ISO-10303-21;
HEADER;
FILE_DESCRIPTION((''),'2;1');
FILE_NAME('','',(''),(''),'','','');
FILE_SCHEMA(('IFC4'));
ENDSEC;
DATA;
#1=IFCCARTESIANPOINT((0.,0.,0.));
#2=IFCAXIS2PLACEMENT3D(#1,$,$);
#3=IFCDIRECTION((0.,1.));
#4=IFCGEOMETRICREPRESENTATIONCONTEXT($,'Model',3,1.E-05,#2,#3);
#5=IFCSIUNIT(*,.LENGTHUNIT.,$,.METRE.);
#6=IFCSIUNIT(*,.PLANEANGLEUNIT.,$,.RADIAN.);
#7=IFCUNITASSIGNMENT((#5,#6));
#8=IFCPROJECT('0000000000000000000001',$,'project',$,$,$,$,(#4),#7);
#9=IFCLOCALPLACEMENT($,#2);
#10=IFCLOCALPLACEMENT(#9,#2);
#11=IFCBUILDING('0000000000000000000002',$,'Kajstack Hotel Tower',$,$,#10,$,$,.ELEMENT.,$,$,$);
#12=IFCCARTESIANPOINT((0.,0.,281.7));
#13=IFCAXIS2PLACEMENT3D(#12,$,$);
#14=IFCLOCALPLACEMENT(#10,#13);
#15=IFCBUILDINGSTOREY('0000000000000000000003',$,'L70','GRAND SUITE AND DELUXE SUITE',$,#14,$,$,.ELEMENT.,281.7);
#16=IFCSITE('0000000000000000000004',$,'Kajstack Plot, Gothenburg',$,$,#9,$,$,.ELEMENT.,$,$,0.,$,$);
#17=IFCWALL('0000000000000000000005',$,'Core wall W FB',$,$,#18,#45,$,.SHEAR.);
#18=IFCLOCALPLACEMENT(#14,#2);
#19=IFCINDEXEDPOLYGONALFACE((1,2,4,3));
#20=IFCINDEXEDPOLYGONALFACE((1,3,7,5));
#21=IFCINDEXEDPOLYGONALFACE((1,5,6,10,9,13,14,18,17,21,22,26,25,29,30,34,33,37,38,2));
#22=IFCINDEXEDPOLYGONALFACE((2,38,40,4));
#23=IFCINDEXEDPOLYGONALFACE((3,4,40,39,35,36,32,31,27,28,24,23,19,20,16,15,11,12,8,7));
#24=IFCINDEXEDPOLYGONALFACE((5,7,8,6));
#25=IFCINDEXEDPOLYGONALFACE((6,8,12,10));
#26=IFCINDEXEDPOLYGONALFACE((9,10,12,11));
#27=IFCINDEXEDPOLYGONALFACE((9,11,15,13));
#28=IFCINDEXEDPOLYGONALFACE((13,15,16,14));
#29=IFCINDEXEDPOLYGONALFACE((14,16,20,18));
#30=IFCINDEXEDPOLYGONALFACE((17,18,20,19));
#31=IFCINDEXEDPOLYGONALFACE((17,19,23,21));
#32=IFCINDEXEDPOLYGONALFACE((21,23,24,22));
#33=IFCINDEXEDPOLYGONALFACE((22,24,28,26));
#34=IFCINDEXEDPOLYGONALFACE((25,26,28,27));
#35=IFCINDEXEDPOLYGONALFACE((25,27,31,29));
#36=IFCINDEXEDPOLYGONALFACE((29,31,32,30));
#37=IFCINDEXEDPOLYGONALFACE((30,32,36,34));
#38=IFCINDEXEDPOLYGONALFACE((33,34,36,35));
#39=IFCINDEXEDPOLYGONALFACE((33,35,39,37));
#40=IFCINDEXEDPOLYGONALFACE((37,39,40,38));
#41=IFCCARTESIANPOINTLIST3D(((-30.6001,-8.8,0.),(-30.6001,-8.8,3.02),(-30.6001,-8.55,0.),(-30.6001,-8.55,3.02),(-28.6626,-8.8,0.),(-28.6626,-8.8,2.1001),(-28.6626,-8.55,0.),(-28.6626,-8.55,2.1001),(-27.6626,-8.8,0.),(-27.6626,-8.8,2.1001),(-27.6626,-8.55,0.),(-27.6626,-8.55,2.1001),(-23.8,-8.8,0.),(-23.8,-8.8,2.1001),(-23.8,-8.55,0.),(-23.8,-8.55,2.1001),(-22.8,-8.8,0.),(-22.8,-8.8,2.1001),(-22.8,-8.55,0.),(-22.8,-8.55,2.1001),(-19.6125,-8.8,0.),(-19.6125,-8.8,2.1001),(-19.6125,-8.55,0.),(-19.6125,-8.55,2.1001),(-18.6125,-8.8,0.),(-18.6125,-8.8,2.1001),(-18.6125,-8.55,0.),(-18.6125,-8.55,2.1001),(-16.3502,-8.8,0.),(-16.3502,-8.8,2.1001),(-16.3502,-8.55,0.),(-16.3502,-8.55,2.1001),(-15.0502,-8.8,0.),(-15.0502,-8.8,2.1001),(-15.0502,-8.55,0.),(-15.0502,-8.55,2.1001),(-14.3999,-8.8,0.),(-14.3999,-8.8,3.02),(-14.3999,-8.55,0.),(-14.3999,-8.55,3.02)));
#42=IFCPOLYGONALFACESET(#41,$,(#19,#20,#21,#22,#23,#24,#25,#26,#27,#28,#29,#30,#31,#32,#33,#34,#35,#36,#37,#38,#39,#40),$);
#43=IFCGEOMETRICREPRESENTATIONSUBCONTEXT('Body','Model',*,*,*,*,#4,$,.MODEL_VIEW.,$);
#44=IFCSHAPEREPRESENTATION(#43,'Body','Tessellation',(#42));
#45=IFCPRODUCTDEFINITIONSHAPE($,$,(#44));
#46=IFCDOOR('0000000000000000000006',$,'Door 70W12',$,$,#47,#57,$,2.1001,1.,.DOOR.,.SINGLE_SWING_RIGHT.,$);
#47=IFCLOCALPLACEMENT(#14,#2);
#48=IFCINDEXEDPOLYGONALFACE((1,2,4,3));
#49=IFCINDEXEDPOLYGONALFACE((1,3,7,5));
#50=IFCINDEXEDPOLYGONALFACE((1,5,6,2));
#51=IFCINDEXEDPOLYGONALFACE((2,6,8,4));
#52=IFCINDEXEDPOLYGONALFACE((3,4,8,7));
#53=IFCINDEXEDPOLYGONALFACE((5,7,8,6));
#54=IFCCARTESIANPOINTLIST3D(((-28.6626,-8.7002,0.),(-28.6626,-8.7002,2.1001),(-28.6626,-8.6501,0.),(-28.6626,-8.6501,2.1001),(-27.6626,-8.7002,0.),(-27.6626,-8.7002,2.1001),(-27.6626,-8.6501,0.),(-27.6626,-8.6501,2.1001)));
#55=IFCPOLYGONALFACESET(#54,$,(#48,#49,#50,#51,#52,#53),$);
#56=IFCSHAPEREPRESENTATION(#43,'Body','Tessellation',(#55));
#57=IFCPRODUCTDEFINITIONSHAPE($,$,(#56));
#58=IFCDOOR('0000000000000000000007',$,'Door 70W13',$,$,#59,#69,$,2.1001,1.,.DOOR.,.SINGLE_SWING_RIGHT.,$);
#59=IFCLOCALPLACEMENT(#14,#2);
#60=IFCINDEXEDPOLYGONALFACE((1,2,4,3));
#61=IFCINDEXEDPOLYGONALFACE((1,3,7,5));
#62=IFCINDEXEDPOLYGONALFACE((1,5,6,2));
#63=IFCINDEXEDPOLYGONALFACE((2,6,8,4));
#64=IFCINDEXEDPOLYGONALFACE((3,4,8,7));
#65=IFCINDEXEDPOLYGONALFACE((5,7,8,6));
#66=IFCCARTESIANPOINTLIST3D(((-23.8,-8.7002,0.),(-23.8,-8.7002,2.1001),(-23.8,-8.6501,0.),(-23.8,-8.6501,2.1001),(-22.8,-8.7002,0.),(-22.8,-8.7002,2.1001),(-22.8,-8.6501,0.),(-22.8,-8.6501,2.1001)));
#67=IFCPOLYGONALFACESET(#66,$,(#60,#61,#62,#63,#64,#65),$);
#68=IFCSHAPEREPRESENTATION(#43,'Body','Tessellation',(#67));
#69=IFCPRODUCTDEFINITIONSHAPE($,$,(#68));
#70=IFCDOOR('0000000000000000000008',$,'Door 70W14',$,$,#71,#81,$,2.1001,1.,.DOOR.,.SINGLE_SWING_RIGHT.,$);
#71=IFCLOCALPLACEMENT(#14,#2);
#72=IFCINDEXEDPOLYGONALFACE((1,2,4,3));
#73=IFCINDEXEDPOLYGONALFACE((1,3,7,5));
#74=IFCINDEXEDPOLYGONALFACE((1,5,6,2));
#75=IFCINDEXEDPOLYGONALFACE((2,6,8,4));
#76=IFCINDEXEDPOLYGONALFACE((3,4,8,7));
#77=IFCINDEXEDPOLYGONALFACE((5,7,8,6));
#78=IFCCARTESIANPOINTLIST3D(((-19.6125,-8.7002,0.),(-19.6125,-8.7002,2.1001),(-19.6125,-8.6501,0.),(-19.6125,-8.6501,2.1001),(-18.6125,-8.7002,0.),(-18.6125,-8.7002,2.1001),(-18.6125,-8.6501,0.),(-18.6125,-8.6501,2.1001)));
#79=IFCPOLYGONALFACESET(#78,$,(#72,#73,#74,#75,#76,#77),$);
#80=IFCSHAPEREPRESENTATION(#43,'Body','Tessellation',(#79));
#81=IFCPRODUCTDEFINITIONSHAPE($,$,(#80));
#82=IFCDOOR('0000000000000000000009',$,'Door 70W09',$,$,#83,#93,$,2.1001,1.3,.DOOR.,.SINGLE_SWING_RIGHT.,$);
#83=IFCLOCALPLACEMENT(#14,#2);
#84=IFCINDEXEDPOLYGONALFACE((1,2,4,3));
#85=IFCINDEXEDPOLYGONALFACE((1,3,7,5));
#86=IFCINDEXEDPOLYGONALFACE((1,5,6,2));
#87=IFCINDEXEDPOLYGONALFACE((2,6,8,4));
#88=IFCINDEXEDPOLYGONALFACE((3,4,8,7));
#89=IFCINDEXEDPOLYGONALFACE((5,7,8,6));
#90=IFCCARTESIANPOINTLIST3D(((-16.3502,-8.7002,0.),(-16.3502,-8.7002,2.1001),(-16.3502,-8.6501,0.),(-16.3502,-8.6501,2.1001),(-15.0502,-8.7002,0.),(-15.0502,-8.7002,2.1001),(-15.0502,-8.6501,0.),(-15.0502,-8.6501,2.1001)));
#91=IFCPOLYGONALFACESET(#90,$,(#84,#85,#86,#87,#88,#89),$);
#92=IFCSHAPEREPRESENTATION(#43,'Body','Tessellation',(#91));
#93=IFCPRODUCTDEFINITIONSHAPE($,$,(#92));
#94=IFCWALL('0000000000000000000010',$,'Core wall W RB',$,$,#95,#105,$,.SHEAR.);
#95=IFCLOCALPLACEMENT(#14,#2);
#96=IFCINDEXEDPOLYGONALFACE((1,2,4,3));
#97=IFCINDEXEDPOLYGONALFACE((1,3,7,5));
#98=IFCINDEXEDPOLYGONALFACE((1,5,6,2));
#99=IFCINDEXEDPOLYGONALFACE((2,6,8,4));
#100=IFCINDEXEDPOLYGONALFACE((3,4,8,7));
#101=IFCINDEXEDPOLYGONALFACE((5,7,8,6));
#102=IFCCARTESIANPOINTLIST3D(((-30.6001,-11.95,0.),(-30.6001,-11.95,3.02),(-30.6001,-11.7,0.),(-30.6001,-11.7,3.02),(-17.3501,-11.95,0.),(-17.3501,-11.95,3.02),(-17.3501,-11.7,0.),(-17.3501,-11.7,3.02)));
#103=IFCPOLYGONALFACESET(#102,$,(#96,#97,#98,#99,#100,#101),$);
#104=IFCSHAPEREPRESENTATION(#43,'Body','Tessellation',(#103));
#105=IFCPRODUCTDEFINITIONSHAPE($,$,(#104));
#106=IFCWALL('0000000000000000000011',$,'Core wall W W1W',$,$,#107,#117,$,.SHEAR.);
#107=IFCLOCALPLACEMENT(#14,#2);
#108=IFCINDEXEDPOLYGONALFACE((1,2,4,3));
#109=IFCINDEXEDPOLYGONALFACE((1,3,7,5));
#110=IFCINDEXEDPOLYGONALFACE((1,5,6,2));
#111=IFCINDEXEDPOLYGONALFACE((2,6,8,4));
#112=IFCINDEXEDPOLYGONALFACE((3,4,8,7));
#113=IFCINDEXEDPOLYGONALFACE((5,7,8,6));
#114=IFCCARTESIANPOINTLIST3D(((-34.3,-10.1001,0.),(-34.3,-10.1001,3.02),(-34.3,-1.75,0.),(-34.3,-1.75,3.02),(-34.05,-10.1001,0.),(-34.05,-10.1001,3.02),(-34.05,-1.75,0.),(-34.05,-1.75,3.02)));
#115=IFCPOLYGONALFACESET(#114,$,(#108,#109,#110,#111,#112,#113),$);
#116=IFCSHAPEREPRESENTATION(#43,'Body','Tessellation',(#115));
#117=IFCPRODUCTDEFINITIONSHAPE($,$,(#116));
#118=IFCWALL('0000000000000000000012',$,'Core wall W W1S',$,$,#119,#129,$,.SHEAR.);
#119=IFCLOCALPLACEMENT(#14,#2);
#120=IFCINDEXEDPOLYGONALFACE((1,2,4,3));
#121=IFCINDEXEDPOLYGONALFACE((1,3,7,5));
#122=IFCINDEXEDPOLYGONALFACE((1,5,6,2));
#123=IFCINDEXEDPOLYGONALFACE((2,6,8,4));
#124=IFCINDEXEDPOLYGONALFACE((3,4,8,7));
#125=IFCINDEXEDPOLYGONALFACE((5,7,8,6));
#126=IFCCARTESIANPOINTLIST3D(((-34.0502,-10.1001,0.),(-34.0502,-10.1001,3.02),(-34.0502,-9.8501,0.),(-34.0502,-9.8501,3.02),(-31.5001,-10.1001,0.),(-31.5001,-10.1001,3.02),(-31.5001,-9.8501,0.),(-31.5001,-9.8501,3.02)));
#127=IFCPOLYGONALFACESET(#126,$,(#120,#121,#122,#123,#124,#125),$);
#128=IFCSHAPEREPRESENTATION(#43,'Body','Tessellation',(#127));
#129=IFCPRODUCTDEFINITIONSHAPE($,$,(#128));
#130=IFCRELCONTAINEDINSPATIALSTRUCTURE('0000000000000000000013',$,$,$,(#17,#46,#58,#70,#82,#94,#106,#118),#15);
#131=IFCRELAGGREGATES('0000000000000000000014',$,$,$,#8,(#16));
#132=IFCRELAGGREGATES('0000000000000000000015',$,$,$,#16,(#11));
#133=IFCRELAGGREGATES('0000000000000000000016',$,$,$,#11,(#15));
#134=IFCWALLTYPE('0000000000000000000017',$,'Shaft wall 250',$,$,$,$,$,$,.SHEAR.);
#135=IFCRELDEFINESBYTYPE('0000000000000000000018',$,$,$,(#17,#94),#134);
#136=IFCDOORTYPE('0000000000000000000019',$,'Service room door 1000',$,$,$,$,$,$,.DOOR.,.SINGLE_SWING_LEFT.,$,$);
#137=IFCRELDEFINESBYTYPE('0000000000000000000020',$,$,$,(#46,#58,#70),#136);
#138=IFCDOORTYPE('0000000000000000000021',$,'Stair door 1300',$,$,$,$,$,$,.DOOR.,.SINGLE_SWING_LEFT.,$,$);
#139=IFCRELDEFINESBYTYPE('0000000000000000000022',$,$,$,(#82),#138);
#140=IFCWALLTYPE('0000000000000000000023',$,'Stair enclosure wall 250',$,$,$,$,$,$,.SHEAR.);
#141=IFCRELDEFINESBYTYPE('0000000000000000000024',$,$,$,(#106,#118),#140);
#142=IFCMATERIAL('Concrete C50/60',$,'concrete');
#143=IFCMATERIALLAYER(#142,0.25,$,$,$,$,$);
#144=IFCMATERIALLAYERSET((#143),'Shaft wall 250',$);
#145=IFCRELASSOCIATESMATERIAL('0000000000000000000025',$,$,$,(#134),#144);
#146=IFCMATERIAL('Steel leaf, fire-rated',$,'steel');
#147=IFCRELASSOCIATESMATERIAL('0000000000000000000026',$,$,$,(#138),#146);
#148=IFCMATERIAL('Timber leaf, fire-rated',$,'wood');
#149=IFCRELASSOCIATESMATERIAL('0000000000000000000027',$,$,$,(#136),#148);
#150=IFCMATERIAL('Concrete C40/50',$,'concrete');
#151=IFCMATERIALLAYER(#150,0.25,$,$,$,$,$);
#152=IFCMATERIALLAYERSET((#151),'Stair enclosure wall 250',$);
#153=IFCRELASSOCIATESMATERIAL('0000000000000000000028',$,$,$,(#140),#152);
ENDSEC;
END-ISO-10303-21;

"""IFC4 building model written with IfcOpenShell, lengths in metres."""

from ifc_helpers import new_model, si_unit, direction, frame, frame_2d, origin, place, context, subcontext, project, spatial, rectangle, extrude, material, layer, layer_set, type_object, element, fill, save


model = new_model("IFC4")

# Units and contexts
model_context = context("Model", 3, precision=1e-05, world=origin(), true_north=direction((0.0, 1.0)))
body_context = subcontext(model_context, "Body", "Model", "MODEL_VIEW")
ifc_project = project(units=[si_unit("LENGTHUNIT", "METRE"), si_unit("PLANEANGLEUNIT", "RADIAN")], contexts=[model_context])

# Site, building, storey
site_placement = place(None, origin())
site = spatial("IfcSite", under=ifc_project, at=site_placement, Name="Kajstack Plot, Gothenburg", CompositionType="ELEMENT", RefElevation=0.0)
building_placement = place(site_placement, origin())
building = spatial("IfcBuilding", under=site, at=building_placement, Name="Kajstack Hotel Tower", CompositionType="ELEMENT")
storey_placement = place(building_placement, frame((0.0, 0.0, 281.7)))
storey = spatial("IfcBuildingStorey", under=building, at=storey_placement, Name="L70", Description="GRAND SUITE AND DELUXE SUITE", CompositionType="ELEMENT", Elevation=281.7)

# Shared definitions
ifc_material_1 = material(Name="Concrete C40/50", Category="concrete")

# Shared definitions
ifc_material_2 = material(Name="Timber leaf, fire-rated", Category="wood")

# Wall, openings, doors
ifc_material_3 = material(Name="Concrete C50/60", Category="concrete")
ifc_layer_1 = layer(ifc_material_3, 0.25)
ifc_layer_set_1 = layer_set([ifc_layer_1], Name="Shaft wall 250")
wall_type_1 = type_object("IfcWallType", Name="Shaft wall 250", PredefinedType="SHEAR", material=ifc_layer_set_1)
ifc_material_4 = material(Name="Steel leaf, fire-rated", Category="steel")
door_type_1 = type_object("IfcDoorType", Name="Stair door 1300", OperationType="SINGLE_SWING_LEFT", PredefinedType="DOOR", material=ifc_material_4)
wall_1_placement = place(storey_placement, frame((-30.6001, -8.675, 0.0), z_axis=(0.0, 0.0, 1.0), x_axis=(1.0, 0.0, 0.0)))
wall_1 = element("IfcWall", 1, at=wall_1_placement, inside=storey, type_object=wall_type_1, Name="Core wall W FB", PredefinedType="SHEAR", context=body_context, shape_type="SweptSolid", body=[
    extrude(rectangle(XDim=16.2002, YDim=0.25, at=frame_2d((8.1001, 0.0))), origin(), (0.0, 0.0, 1.0), 3.02),
])
opening_1_placement = place(wall_1_placement, frame((14.25, 0.0, 0.0)))
opening_1 = element("IfcOpeningElement", 2, at=opening_1_placement, cuts=wall_1, PredefinedType="OPENING", context=body_context, shape_type="SweptSolid", body=[
    extrude(rectangle(XDim=1.3, YDim=2.1001, at=frame_2d((0.6499, 1.05))), frame((0.0, 0.135, 0.0), z_axis=(0.0, -1.0, 0.0), x_axis=(1.0, 0.0, 0.0)), (0.0, 0.0, 1.0), 0.27),
])
opening_2_placement = place(wall_1_placement, frame((1.9375, 0.0, 0.0)))
opening_2 = element("IfcOpeningElement", 3, at=opening_2_placement, cuts=wall_1, PredefinedType="OPENING", context=body_context, shape_type="SweptSolid", body=[
    extrude(rectangle(XDim=1.0, YDim=2.1001, at=frame_2d((0.5, 1.05))), frame((0.0, 0.135, 0.0), z_axis=(0.0, -1.0, 0.0), x_axis=(1.0, 0.0, 0.0)), (0.0, 0.0, 1.0), 0.27),
])
opening_3_placement = place(wall_1_placement, frame((6.8, 0.0, 0.0)))
opening_3 = element("IfcOpeningElement", 4, at=opening_3_placement, cuts=wall_1, PredefinedType="OPENING", context=body_context, shape_type="SweptSolid", body=[
    extrude(rectangle(XDim=1.0, YDim=2.1001, at=frame_2d((0.5, 1.05))), frame((0.0, 0.135, 0.0), z_axis=(0.0, -1.0, 0.0), x_axis=(1.0, 0.0, 0.0)), (0.0, 0.0, 1.0), 0.27),
])
opening_4_placement = place(wall_1_placement, frame((10.9875, 0.0, 0.0)))
opening_4 = element("IfcOpeningElement", 5, at=opening_4_placement, cuts=wall_1, PredefinedType="OPENING", context=body_context, shape_type="SweptSolid", body=[
    extrude(rectangle(XDim=1.0, YDim=2.1001, at=frame_2d((0.5, 1.05))), frame((0.0, 0.135, 0.0), z_axis=(0.0, -1.0, 0.0), x_axis=(1.0, 0.0, 0.0)), (0.0, 0.0, 1.0), 0.27),
])
door_type_2 = type_object("IfcDoorType", Name="Service room door 1000", OperationType="SINGLE_SWING_LEFT", PredefinedType="DOOR", material=ifc_material_2)
door_1_placement = place(opening_2_placement, origin())
door_1 = element("IfcDoor", 6, at=door_1_placement, inside=storey, type_object=door_type_2, Name="Door 70W12", OperationType="SINGLE_SWING_RIGHT", OverallHeight=2.1001, OverallWidth=1.0, PredefinedType="DOOR", context=body_context, shape_type="SweptSolid", body=[
    extrude(rectangle(XDim=1.0, YDim=2.1001, at=frame_2d((0.5, 1.05))), frame((0.0, 0.0249, 0.0), z_axis=(0.0, -1.0, 0.0), x_axis=(1.0, 0.0, 0.0)), (0.0, 0.0, 1.0), 0.05),
])
fill(opening_2, door_1)
door_2_placement = place(opening_3_placement, origin())
door_2 = element("IfcDoor", 7, at=door_2_placement, inside=storey, type_object=door_type_2, Name="Door 70W13", OperationType="SINGLE_SWING_RIGHT", OverallHeight=2.1001, OverallWidth=1.0, PredefinedType="DOOR", context=body_context, shape_type="SweptSolid", body=[
    extrude(rectangle(XDim=1.0, YDim=2.1001, at=frame_2d((0.5, 1.05))), frame((0.0, 0.0249, 0.0), z_axis=(0.0, -1.0, 0.0), x_axis=(1.0, 0.0, 0.0)), (0.0, 0.0, 1.0), 0.05),
])
fill(opening_3, door_2)
door_3_placement = place(opening_4_placement, origin())
door_3 = element("IfcDoor", 8, at=door_3_placement, inside=storey, type_object=door_type_2, Name="Door 70W14", OperationType="SINGLE_SWING_RIGHT", OverallHeight=2.1001, OverallWidth=1.0, PredefinedType="DOOR", context=body_context, shape_type="SweptSolid", body=[
    extrude(rectangle(XDim=1.0, YDim=2.1001, at=frame_2d((0.5, 1.05))), frame((0.0, 0.0249, 0.0), z_axis=(0.0, -1.0, 0.0), x_axis=(1.0, 0.0, 0.0)), (0.0, 0.0, 1.0), 0.05),
])
fill(opening_4, door_3)
door_4_placement = place(opening_1_placement, origin())
door_4 = element("IfcDoor", 9, at=door_4_placement, inside=storey, type_object=door_type_1, Name="Door 70W09", OperationType="SINGLE_SWING_RIGHT", OverallHeight=2.1001, OverallWidth=1.3, PredefinedType="DOOR", context=body_context, shape_type="SweptSolid", body=[
    extrude(rectangle(XDim=1.3, YDim=2.1001, at=frame_2d((0.6499, 1.05))), frame((0.0, 0.0249, 0.0), z_axis=(0.0, -1.0, 0.0), x_axis=(1.0, 0.0, 0.0)), (0.0, 0.0, 1.0), 0.05),
])
fill(opening_1, door_4)

# Walls
wall_2_placement = place(storey_placement, frame((-30.6001, -11.825, 0.0), z_axis=(0.0, 0.0, 1.0), x_axis=(1.0, 0.0, 0.0)))
element("IfcWall", 10, at=wall_2_placement, inside=storey, type_object=wall_type_1, Name="Core wall W RB", PredefinedType="SHEAR", context=body_context, shape_type="SweptSolid", body=[
    extrude(rectangle(XDim=13.25, YDim=0.25, at=frame_2d((6.625, 0.0))), origin(), (0.0, 0.0, 1.0), 3.02),
])
ifc_layer_2 = layer(ifc_material_1, 0.25)
ifc_layer_set_2 = layer_set([ifc_layer_2], Name="Stair enclosure wall 250")
wall_type_2 = type_object("IfcWallType", Name="Stair enclosure wall 250", PredefinedType="SHEAR", material=ifc_layer_set_2)
wall_3_placement = place(storey_placement, frame((-34.175, -10.1001, 0.0), z_axis=(0.0, 0.0, 1.0), x_axis=(0.0, 1.0, 0.0)))
element("IfcWall", 11, at=wall_3_placement, inside=storey, type_object=wall_type_2, Name="Core wall W W1W", PredefinedType="SHEAR", context=body_context, shape_type="SweptSolid", body=[
    extrude(rectangle(XDim=8.3501, YDim=0.25, at=frame_2d((4.175, 0.0))), origin(), (0.0, 0.0, 1.0), 3.02),
])
wall_4_placement = place(storey_placement, frame((-34.05, -9.9751, 0.0), z_axis=(0.0, 0.0, 1.0), x_axis=(1.0, 0.0, 0.0)))
element("IfcWall", 12, at=wall_4_placement, inside=storey, type_object=wall_type_2, Name="Core wall W W1S", PredefinedType="SHEAR", context=body_context, shape_type="SweptSolid", body=[
    extrude(rectangle(XDim=2.55, YDim=0.25, at=frame_2d((1.2749, 0.0))), origin(), (0.0, 0.0, 1.0), 3.02),
])

save(model, "model.ifc")
